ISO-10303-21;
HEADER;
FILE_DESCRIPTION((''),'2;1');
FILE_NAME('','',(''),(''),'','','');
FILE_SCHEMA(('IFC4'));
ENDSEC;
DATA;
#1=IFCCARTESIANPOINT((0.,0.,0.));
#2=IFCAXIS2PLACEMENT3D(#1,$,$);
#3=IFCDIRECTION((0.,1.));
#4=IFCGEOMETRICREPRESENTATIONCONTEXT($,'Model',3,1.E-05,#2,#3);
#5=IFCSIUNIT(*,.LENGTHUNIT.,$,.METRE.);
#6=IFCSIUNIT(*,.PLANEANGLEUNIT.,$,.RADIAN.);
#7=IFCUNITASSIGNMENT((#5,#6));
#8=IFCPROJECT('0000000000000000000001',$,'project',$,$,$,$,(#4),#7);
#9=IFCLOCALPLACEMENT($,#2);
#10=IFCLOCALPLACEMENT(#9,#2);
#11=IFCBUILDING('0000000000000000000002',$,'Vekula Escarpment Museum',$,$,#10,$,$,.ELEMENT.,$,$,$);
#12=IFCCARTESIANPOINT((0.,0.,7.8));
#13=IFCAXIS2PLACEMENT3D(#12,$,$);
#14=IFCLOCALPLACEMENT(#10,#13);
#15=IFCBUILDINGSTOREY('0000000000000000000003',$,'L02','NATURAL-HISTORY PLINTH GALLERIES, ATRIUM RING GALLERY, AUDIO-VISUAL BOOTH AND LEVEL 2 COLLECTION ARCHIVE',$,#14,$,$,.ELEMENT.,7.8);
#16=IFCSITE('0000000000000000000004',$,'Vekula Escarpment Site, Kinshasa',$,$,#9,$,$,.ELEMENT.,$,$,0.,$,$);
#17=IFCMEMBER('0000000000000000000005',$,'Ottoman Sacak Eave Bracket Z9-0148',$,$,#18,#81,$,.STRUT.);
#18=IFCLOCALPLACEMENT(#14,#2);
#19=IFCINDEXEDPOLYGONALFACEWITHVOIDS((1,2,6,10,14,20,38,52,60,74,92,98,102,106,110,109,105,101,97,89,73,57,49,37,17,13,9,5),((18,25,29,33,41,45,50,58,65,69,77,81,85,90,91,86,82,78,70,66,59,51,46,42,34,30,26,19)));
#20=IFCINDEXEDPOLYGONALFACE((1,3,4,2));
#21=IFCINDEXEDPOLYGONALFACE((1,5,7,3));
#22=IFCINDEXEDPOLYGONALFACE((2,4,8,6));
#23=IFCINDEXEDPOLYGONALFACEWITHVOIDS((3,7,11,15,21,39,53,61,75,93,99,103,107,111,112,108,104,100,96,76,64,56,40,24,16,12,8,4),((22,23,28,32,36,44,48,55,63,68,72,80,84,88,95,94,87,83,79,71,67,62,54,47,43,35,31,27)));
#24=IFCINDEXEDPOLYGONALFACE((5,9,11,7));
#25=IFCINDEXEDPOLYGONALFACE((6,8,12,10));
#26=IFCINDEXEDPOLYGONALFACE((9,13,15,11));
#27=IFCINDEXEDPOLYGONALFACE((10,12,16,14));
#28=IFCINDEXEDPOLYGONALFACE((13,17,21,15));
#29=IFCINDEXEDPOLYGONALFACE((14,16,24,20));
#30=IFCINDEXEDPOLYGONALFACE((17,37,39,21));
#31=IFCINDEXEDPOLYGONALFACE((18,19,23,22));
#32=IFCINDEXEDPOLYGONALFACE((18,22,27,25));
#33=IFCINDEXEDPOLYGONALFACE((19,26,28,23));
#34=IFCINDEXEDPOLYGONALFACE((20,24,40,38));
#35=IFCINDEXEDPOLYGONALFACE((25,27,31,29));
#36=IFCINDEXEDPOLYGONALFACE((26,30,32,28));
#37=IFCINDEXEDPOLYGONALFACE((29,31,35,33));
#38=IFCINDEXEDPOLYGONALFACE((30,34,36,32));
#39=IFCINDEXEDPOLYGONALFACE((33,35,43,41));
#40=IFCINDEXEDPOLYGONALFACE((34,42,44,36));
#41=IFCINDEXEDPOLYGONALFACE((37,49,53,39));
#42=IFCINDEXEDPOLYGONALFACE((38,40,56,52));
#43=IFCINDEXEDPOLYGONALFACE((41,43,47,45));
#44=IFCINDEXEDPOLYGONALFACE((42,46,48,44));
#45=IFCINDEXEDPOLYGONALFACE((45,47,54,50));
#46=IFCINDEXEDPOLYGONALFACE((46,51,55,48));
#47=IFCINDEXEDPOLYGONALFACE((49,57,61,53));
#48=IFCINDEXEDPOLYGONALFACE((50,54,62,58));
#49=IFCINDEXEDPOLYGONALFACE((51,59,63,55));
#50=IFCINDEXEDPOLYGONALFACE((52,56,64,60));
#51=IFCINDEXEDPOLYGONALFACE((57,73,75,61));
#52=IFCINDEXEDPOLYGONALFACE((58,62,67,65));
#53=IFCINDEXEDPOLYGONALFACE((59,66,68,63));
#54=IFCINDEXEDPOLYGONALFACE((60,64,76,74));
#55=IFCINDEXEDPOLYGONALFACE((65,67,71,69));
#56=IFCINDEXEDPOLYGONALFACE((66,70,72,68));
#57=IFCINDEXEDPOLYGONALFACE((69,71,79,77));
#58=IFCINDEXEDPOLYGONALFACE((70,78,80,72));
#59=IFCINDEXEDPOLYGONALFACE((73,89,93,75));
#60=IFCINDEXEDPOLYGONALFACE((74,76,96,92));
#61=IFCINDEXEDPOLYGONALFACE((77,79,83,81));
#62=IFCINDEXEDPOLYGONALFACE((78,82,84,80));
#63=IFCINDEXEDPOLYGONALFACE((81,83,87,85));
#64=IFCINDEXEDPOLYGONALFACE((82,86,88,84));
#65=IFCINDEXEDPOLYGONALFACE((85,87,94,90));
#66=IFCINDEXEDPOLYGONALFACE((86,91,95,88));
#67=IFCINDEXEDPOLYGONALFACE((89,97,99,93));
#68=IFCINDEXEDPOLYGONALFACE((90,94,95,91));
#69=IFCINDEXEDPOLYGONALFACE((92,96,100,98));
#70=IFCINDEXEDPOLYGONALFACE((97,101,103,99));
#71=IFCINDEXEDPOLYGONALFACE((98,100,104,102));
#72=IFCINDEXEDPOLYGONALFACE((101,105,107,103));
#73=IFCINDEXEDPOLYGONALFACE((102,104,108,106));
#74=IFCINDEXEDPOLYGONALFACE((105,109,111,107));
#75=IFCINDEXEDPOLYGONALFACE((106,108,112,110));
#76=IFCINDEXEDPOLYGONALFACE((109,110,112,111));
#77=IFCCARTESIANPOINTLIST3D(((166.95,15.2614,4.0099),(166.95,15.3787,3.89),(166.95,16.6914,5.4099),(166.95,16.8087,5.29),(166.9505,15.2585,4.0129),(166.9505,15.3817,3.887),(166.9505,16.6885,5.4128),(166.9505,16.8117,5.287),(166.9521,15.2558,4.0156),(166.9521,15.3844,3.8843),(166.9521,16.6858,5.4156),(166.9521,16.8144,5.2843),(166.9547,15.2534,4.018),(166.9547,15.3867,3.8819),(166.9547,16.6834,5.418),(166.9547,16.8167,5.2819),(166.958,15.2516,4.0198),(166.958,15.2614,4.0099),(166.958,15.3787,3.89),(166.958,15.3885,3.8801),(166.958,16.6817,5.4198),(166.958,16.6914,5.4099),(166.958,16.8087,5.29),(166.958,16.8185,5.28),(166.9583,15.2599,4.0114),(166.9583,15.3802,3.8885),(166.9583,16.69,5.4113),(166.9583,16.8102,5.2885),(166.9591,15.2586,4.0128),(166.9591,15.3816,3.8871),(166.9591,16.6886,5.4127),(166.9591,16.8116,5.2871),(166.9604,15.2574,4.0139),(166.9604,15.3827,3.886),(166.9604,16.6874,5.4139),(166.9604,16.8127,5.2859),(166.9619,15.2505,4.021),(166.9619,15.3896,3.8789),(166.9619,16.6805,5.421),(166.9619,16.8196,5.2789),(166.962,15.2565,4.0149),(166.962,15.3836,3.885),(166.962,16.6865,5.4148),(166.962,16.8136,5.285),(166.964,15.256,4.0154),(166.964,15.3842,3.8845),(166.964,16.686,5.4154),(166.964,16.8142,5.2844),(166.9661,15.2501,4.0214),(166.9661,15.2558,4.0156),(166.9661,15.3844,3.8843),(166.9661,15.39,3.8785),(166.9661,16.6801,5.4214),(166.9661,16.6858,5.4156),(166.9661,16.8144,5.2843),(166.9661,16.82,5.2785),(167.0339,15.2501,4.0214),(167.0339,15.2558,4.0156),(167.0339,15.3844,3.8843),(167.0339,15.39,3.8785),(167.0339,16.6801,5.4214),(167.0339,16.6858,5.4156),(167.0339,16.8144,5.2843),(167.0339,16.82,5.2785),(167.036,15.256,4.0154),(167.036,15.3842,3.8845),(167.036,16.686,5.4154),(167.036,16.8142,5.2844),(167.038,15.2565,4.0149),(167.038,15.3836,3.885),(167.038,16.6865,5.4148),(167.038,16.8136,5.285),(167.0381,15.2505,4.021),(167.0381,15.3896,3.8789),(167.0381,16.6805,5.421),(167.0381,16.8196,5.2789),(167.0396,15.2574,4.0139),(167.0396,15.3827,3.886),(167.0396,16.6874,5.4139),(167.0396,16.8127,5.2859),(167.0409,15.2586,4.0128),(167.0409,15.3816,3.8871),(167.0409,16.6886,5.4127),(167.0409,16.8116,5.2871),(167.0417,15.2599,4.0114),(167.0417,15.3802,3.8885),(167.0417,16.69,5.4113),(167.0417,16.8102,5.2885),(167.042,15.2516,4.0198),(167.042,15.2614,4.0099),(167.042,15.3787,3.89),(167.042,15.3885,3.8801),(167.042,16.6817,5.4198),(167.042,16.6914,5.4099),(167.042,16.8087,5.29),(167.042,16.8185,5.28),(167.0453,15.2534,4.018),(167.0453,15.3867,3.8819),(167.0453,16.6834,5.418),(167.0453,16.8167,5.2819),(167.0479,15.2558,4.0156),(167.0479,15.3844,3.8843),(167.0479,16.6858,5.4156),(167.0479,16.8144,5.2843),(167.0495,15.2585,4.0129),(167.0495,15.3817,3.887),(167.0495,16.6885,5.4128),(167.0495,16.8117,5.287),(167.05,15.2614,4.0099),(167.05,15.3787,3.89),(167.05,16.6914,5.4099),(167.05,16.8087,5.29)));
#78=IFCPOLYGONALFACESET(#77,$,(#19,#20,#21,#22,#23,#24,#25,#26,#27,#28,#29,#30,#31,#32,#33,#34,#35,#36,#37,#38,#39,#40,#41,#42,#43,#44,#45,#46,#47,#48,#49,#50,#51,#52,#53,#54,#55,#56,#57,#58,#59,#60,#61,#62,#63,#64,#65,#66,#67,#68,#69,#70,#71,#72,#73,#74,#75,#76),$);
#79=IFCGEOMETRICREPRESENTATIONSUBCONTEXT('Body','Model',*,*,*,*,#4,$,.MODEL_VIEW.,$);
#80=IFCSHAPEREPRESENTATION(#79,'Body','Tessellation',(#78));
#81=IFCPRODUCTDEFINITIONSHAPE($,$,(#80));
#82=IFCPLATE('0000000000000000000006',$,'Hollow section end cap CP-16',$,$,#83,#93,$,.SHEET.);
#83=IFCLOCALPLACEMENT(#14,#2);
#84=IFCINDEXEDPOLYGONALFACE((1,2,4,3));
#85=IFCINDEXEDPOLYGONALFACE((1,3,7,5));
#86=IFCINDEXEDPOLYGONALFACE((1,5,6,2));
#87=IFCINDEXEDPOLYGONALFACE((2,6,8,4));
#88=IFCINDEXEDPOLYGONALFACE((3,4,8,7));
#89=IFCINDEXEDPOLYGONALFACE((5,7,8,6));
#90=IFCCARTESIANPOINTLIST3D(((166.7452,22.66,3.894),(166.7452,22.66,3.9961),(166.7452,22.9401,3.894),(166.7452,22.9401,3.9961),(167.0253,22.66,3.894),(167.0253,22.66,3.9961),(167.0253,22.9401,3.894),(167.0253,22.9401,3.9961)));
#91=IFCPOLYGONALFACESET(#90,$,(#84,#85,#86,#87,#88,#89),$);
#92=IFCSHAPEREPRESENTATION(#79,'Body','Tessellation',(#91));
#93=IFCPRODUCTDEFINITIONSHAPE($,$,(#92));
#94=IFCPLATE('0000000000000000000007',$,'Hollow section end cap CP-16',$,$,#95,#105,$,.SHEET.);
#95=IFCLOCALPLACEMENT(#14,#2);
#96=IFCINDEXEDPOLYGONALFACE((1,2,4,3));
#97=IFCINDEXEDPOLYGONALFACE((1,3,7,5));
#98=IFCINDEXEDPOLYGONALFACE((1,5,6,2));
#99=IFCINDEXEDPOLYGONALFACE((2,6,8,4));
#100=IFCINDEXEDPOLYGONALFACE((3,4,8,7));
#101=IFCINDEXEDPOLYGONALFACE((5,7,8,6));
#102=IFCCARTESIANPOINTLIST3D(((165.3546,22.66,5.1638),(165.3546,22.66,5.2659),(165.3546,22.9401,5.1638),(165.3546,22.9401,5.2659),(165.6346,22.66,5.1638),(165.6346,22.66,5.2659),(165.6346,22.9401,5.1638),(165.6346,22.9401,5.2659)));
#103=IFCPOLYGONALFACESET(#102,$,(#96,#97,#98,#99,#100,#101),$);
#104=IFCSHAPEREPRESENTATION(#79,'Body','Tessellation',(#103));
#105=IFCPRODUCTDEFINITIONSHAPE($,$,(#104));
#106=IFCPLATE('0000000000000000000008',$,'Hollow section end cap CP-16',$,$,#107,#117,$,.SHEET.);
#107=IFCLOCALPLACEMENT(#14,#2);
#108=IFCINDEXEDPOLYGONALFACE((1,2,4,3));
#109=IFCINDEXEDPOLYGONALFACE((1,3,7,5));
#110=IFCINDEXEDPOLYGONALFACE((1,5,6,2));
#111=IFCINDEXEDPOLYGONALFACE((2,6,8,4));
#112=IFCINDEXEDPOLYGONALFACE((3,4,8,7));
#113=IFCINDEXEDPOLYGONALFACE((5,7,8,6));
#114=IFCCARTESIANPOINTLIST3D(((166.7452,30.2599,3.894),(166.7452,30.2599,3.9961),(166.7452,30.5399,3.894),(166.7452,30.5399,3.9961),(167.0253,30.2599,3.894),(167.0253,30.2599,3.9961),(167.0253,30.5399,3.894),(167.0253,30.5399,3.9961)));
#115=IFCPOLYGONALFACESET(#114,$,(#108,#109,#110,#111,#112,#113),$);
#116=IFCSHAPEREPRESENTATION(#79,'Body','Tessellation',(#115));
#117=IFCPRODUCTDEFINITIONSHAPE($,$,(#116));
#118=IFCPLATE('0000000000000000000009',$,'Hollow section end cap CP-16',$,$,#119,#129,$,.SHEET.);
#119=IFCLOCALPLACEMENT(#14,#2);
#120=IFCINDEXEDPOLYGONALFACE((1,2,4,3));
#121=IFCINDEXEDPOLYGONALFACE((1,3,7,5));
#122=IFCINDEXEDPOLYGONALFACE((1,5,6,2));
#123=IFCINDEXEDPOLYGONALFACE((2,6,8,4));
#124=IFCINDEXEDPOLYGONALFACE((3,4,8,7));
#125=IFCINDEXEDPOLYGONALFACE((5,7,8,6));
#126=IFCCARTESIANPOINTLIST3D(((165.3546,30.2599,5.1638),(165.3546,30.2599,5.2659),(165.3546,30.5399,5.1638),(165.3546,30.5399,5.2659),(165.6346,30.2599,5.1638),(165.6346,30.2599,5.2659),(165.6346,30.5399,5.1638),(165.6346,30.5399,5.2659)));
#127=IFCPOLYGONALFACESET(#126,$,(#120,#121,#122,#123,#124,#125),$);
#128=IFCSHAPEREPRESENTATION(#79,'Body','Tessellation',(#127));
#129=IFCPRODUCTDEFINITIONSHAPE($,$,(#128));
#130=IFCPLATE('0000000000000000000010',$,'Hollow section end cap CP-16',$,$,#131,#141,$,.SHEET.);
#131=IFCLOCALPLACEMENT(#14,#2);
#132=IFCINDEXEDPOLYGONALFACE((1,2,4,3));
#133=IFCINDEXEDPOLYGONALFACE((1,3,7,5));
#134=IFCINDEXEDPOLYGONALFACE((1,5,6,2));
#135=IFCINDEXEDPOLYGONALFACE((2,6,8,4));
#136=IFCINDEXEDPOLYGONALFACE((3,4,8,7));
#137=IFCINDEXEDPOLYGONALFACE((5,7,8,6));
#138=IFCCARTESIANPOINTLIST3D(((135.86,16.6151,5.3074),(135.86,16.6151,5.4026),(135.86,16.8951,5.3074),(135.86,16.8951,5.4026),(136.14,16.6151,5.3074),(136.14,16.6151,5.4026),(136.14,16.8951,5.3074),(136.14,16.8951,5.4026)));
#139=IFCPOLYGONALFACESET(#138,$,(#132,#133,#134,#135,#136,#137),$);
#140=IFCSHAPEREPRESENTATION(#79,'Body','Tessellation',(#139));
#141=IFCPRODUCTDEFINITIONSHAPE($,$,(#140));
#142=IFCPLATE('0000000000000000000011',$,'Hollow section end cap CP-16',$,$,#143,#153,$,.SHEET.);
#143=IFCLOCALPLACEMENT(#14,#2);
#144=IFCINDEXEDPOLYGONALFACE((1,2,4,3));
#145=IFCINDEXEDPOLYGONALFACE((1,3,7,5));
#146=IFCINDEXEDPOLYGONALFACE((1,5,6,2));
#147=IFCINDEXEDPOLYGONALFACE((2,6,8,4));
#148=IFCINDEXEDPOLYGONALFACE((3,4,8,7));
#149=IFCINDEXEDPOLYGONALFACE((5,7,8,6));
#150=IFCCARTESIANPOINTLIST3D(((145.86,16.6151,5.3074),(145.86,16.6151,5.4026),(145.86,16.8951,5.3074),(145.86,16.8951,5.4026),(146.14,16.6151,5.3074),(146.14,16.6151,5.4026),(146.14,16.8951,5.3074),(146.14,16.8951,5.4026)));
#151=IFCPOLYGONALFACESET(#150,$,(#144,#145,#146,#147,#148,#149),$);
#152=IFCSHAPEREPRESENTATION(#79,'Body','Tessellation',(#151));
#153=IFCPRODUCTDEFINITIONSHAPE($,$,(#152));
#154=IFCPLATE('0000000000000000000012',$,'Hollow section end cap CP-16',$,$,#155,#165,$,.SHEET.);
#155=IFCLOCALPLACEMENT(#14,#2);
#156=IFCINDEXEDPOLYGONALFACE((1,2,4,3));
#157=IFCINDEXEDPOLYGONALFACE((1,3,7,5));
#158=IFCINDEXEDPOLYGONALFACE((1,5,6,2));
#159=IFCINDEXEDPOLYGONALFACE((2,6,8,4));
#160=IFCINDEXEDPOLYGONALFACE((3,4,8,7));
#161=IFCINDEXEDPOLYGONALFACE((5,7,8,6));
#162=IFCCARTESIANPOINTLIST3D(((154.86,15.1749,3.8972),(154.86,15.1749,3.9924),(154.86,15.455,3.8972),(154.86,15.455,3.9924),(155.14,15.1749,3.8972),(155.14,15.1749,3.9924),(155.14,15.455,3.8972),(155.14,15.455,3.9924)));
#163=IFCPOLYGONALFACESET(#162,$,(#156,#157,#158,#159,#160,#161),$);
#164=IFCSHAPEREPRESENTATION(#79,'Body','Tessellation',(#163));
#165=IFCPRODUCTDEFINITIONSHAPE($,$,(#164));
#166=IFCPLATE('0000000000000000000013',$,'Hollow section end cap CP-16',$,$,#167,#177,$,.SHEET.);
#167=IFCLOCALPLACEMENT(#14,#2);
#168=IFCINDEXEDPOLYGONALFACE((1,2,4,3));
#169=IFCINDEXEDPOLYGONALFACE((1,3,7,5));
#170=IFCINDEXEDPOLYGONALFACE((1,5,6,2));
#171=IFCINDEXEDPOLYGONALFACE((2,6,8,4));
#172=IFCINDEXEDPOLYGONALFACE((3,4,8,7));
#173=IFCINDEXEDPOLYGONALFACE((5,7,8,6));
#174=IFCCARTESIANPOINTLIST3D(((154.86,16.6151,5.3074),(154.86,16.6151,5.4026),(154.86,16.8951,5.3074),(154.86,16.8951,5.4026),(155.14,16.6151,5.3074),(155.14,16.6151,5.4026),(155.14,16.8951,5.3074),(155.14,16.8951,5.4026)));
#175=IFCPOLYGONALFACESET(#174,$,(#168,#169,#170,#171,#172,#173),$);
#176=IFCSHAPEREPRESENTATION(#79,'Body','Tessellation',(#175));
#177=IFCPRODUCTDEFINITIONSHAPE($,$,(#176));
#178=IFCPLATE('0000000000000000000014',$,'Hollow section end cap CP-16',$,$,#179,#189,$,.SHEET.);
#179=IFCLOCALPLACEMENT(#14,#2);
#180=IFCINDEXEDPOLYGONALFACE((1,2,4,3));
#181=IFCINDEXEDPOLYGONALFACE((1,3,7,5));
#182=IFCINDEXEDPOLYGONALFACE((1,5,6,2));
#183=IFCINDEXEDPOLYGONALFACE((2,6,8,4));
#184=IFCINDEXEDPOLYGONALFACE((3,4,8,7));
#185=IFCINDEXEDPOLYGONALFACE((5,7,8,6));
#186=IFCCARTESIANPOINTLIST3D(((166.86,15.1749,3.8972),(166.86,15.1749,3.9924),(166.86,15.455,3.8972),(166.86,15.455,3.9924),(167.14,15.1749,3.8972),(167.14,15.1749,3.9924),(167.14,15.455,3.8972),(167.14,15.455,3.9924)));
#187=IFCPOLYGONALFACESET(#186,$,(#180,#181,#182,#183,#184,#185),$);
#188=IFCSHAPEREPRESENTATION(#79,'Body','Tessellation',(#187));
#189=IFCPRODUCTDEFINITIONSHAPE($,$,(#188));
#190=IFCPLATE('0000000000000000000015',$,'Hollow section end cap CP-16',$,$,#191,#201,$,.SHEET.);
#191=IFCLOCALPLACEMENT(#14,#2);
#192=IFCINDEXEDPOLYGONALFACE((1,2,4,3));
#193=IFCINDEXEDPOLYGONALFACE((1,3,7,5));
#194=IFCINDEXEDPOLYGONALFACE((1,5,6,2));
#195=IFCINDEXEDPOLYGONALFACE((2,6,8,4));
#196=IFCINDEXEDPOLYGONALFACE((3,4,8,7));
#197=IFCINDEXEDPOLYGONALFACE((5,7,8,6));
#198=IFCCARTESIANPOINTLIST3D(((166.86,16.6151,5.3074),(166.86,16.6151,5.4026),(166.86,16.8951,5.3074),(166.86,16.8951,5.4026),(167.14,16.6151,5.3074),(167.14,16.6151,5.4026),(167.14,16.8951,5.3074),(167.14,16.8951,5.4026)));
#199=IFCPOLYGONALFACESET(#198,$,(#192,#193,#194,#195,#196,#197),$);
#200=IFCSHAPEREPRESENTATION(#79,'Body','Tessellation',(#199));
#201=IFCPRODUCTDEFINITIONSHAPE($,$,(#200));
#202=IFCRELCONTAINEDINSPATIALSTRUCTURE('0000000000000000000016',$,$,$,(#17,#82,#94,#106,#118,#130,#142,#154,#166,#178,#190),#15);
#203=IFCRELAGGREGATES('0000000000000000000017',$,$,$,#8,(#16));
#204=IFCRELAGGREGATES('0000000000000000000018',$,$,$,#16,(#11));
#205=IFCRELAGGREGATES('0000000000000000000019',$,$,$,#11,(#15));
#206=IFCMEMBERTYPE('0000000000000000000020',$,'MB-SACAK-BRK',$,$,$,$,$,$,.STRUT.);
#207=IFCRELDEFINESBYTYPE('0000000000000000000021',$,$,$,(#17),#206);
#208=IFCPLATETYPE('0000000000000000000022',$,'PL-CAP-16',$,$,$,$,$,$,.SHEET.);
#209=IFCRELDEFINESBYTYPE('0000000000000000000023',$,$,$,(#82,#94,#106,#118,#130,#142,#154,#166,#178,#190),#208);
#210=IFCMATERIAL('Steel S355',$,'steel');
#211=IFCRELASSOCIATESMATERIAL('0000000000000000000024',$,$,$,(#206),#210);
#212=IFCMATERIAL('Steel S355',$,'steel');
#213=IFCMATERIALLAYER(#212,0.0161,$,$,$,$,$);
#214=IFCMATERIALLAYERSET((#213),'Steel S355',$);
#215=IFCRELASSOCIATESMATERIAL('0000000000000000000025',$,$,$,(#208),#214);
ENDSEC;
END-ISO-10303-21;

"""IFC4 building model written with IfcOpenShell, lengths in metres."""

from ifc_helpers import new_model, si_unit, direction, frame, origin, origin_2d, place, context, subcontext, project, spatial, rectangle, hollow_rectangle, extrude, material, layer, layer_set, material_profile, profile_set, type_object, element, save


model = new_model("IFC4")

# Units and contexts
model_context = context("Model", 3, precision=1e-05, world=origin(), true_north=direction((0.0, 1.0)))
body_context = subcontext(model_context, "Body", "Model", "MODEL_VIEW")
ifc_project = project(units=[si_unit("LENGTHUNIT", "METRE"), si_unit("PLANEANGLEUNIT", "RADIAN")], contexts=[model_context])

# Site, building, storey
site_placement = place(None, origin())
site = spatial("IfcSite", under=ifc_project, at=site_placement, Name="Vekula Escarpment Site, Kinshasa", CompositionType="ELEMENT", RefElevation=0.0)
building_placement = place(site_placement, origin())
building = spatial("IfcBuilding", under=site, at=building_placement, Name="Vekula Escarpment Museum", CompositionType="ELEMENT")
storey_placement = place(building_placement, frame((0.0, 0.0, 7.8)))
storey = spatial("IfcBuildingStorey", under=building, at=storey_placement, Name="L02", Description="NATURAL-HISTORY PLINTH GALLERIES, ATRIUM RING GALLERY, AUDIO-VISUAL BOOTH AND LEVEL 2 COLLECTION ARCHIVE", CompositionType="ELEMENT", Elevation=7.8)

# Member
ifc_material_1 = material(Name="Steel S355", Category="steel")
ifc_material_profile_1 = material_profile(ifc_material_1, hollow_rectangle(XDim=0.1001, YDim=0.2, WallThickness=0.0081, InnerFilletRadius=0.0081, OuterFilletRadius=0.0161, at=origin_2d()), Name="RHS 200x100x8")
ifc_profile_set_1 = profile_set([ifc_material_profile_1], Name="Steel S355")
member_type = type_object("IfcMemberType", Name="MB-SACAK-BRK", PredefinedType="STRUT", material=ifc_profile_set_1)
for number, where, z_axis, x_axis, name in (
    (1, (167.0, 15.3201, 3.95), (0.0, 0.71457, 0.699564), (-1.0, 0.0, 0.0), "Ottoman Sacak Eave Bracket Z9-0148"),
):
    element("IfcMember", number, at=place(storey_placement, frame(where, z_axis=z_axis, x_axis=x_axis)), inside=storey, type_object=member_type, Name=name, PredefinedType="STRUT", context=body_context, shape_type="SweptSolid", body=[
        extrude(hollow_rectangle(XDim=0.1001, YDim=0.2, WallThickness=0.0081, InnerFilletRadius=0.0081, OuterFilletRadius=0.0161, at=origin_2d()), origin(), (0.0, 0.0, 1.0), 2.0012),
    ])

# Plates
ifc_material_2 = material(Name="Steel S355", Category="steel")
ifc_layer_1 = layer(ifc_material_2, 0.0161)
ifc_layer_set_1 = layer_set([ifc_layer_1], Name="Steel S355")
plate_type = type_object("IfcPlateType", Name="PL-CAP-16", PredefinedType="SHEET", material=ifc_layer_set_1)
for number, where, z_axis, x_axis, name in (
    (2, (166.8853, 22.8, 3.894), (0.0, 0.0, 1.0), (1.0, 0.0, 0.0), "Hollow section end cap CP-16"),
    (3, (165.4946, 22.8, 5.1638), (0.0, 0.0, 1.0), (1.0, 0.0, 0.0), "Hollow section end cap CP-16"),
    (4, (166.8853, 30.3999, 3.894), (0.0, 0.0, 1.0), (1.0, 0.0, 0.0), "Hollow section end cap CP-16"),
    (5, (165.4946, 30.3999, 5.1638), (0.0, 0.0, 1.0), (1.0, 0.0, 0.0), "Hollow section end cap CP-16"),
):
    element("IfcPlate", number, at=place(storey_placement, frame(where, z_axis=z_axis, x_axis=x_axis)), inside=storey, type_object=plate_type, Name=name, PredefinedType="SHEET", context=body_context, shape_type="SweptSolid", body=[
        extrude(rectangle(XDim=0.28, YDim=0.28, at=origin_2d()), origin(), (0.0, 0.0, 1.0), 0.1021),
    ])
for number, where, z_axis, x_axis, name in (
    (6, (136.0, 16.7551, 5.3074), (0.0, 0.0, 1.0), (1.0, 0.0, 0.0), "Hollow section end cap CP-16"),
    (7, (146.0, 16.7551, 5.3074), (0.0, 0.0, 1.0), (1.0, 0.0, 0.0), "Hollow section end cap CP-16"),
    (8, (155.0, 15.3149, 3.8972), (0.0, 0.0, 1.0), (1.0, 0.0, 0.0), "Hollow section end cap CP-16"),
    (9, (155.0, 16.7551, 5.3074), (0.0, 0.0, 1.0), (1.0, 0.0, 0.0), "Hollow section end cap CP-16"),
    (10, (167.0, 15.3149, 3.8972), (0.0, 0.0, 1.0), (1.0, 0.0, 0.0), "Hollow section end cap CP-16"),
    (11, (167.0, 16.7551, 5.3074), (0.0, 0.0, 1.0), (1.0, 0.0, 0.0), "Hollow section end cap CP-16"),
):
    element("IfcPlate", number, at=place(storey_placement, frame(where, z_axis=z_axis, x_axis=x_axis)), inside=storey, type_object=plate_type, Name=name, PredefinedType="SHEET", context=body_context, shape_type="SweptSolid", body=[
        extrude(rectangle(XDim=0.28, YDim=0.28, at=origin_2d()), origin(), (0.0, 0.0, 1.0), 0.0952),
    ])

save(model, "model.ifc")
